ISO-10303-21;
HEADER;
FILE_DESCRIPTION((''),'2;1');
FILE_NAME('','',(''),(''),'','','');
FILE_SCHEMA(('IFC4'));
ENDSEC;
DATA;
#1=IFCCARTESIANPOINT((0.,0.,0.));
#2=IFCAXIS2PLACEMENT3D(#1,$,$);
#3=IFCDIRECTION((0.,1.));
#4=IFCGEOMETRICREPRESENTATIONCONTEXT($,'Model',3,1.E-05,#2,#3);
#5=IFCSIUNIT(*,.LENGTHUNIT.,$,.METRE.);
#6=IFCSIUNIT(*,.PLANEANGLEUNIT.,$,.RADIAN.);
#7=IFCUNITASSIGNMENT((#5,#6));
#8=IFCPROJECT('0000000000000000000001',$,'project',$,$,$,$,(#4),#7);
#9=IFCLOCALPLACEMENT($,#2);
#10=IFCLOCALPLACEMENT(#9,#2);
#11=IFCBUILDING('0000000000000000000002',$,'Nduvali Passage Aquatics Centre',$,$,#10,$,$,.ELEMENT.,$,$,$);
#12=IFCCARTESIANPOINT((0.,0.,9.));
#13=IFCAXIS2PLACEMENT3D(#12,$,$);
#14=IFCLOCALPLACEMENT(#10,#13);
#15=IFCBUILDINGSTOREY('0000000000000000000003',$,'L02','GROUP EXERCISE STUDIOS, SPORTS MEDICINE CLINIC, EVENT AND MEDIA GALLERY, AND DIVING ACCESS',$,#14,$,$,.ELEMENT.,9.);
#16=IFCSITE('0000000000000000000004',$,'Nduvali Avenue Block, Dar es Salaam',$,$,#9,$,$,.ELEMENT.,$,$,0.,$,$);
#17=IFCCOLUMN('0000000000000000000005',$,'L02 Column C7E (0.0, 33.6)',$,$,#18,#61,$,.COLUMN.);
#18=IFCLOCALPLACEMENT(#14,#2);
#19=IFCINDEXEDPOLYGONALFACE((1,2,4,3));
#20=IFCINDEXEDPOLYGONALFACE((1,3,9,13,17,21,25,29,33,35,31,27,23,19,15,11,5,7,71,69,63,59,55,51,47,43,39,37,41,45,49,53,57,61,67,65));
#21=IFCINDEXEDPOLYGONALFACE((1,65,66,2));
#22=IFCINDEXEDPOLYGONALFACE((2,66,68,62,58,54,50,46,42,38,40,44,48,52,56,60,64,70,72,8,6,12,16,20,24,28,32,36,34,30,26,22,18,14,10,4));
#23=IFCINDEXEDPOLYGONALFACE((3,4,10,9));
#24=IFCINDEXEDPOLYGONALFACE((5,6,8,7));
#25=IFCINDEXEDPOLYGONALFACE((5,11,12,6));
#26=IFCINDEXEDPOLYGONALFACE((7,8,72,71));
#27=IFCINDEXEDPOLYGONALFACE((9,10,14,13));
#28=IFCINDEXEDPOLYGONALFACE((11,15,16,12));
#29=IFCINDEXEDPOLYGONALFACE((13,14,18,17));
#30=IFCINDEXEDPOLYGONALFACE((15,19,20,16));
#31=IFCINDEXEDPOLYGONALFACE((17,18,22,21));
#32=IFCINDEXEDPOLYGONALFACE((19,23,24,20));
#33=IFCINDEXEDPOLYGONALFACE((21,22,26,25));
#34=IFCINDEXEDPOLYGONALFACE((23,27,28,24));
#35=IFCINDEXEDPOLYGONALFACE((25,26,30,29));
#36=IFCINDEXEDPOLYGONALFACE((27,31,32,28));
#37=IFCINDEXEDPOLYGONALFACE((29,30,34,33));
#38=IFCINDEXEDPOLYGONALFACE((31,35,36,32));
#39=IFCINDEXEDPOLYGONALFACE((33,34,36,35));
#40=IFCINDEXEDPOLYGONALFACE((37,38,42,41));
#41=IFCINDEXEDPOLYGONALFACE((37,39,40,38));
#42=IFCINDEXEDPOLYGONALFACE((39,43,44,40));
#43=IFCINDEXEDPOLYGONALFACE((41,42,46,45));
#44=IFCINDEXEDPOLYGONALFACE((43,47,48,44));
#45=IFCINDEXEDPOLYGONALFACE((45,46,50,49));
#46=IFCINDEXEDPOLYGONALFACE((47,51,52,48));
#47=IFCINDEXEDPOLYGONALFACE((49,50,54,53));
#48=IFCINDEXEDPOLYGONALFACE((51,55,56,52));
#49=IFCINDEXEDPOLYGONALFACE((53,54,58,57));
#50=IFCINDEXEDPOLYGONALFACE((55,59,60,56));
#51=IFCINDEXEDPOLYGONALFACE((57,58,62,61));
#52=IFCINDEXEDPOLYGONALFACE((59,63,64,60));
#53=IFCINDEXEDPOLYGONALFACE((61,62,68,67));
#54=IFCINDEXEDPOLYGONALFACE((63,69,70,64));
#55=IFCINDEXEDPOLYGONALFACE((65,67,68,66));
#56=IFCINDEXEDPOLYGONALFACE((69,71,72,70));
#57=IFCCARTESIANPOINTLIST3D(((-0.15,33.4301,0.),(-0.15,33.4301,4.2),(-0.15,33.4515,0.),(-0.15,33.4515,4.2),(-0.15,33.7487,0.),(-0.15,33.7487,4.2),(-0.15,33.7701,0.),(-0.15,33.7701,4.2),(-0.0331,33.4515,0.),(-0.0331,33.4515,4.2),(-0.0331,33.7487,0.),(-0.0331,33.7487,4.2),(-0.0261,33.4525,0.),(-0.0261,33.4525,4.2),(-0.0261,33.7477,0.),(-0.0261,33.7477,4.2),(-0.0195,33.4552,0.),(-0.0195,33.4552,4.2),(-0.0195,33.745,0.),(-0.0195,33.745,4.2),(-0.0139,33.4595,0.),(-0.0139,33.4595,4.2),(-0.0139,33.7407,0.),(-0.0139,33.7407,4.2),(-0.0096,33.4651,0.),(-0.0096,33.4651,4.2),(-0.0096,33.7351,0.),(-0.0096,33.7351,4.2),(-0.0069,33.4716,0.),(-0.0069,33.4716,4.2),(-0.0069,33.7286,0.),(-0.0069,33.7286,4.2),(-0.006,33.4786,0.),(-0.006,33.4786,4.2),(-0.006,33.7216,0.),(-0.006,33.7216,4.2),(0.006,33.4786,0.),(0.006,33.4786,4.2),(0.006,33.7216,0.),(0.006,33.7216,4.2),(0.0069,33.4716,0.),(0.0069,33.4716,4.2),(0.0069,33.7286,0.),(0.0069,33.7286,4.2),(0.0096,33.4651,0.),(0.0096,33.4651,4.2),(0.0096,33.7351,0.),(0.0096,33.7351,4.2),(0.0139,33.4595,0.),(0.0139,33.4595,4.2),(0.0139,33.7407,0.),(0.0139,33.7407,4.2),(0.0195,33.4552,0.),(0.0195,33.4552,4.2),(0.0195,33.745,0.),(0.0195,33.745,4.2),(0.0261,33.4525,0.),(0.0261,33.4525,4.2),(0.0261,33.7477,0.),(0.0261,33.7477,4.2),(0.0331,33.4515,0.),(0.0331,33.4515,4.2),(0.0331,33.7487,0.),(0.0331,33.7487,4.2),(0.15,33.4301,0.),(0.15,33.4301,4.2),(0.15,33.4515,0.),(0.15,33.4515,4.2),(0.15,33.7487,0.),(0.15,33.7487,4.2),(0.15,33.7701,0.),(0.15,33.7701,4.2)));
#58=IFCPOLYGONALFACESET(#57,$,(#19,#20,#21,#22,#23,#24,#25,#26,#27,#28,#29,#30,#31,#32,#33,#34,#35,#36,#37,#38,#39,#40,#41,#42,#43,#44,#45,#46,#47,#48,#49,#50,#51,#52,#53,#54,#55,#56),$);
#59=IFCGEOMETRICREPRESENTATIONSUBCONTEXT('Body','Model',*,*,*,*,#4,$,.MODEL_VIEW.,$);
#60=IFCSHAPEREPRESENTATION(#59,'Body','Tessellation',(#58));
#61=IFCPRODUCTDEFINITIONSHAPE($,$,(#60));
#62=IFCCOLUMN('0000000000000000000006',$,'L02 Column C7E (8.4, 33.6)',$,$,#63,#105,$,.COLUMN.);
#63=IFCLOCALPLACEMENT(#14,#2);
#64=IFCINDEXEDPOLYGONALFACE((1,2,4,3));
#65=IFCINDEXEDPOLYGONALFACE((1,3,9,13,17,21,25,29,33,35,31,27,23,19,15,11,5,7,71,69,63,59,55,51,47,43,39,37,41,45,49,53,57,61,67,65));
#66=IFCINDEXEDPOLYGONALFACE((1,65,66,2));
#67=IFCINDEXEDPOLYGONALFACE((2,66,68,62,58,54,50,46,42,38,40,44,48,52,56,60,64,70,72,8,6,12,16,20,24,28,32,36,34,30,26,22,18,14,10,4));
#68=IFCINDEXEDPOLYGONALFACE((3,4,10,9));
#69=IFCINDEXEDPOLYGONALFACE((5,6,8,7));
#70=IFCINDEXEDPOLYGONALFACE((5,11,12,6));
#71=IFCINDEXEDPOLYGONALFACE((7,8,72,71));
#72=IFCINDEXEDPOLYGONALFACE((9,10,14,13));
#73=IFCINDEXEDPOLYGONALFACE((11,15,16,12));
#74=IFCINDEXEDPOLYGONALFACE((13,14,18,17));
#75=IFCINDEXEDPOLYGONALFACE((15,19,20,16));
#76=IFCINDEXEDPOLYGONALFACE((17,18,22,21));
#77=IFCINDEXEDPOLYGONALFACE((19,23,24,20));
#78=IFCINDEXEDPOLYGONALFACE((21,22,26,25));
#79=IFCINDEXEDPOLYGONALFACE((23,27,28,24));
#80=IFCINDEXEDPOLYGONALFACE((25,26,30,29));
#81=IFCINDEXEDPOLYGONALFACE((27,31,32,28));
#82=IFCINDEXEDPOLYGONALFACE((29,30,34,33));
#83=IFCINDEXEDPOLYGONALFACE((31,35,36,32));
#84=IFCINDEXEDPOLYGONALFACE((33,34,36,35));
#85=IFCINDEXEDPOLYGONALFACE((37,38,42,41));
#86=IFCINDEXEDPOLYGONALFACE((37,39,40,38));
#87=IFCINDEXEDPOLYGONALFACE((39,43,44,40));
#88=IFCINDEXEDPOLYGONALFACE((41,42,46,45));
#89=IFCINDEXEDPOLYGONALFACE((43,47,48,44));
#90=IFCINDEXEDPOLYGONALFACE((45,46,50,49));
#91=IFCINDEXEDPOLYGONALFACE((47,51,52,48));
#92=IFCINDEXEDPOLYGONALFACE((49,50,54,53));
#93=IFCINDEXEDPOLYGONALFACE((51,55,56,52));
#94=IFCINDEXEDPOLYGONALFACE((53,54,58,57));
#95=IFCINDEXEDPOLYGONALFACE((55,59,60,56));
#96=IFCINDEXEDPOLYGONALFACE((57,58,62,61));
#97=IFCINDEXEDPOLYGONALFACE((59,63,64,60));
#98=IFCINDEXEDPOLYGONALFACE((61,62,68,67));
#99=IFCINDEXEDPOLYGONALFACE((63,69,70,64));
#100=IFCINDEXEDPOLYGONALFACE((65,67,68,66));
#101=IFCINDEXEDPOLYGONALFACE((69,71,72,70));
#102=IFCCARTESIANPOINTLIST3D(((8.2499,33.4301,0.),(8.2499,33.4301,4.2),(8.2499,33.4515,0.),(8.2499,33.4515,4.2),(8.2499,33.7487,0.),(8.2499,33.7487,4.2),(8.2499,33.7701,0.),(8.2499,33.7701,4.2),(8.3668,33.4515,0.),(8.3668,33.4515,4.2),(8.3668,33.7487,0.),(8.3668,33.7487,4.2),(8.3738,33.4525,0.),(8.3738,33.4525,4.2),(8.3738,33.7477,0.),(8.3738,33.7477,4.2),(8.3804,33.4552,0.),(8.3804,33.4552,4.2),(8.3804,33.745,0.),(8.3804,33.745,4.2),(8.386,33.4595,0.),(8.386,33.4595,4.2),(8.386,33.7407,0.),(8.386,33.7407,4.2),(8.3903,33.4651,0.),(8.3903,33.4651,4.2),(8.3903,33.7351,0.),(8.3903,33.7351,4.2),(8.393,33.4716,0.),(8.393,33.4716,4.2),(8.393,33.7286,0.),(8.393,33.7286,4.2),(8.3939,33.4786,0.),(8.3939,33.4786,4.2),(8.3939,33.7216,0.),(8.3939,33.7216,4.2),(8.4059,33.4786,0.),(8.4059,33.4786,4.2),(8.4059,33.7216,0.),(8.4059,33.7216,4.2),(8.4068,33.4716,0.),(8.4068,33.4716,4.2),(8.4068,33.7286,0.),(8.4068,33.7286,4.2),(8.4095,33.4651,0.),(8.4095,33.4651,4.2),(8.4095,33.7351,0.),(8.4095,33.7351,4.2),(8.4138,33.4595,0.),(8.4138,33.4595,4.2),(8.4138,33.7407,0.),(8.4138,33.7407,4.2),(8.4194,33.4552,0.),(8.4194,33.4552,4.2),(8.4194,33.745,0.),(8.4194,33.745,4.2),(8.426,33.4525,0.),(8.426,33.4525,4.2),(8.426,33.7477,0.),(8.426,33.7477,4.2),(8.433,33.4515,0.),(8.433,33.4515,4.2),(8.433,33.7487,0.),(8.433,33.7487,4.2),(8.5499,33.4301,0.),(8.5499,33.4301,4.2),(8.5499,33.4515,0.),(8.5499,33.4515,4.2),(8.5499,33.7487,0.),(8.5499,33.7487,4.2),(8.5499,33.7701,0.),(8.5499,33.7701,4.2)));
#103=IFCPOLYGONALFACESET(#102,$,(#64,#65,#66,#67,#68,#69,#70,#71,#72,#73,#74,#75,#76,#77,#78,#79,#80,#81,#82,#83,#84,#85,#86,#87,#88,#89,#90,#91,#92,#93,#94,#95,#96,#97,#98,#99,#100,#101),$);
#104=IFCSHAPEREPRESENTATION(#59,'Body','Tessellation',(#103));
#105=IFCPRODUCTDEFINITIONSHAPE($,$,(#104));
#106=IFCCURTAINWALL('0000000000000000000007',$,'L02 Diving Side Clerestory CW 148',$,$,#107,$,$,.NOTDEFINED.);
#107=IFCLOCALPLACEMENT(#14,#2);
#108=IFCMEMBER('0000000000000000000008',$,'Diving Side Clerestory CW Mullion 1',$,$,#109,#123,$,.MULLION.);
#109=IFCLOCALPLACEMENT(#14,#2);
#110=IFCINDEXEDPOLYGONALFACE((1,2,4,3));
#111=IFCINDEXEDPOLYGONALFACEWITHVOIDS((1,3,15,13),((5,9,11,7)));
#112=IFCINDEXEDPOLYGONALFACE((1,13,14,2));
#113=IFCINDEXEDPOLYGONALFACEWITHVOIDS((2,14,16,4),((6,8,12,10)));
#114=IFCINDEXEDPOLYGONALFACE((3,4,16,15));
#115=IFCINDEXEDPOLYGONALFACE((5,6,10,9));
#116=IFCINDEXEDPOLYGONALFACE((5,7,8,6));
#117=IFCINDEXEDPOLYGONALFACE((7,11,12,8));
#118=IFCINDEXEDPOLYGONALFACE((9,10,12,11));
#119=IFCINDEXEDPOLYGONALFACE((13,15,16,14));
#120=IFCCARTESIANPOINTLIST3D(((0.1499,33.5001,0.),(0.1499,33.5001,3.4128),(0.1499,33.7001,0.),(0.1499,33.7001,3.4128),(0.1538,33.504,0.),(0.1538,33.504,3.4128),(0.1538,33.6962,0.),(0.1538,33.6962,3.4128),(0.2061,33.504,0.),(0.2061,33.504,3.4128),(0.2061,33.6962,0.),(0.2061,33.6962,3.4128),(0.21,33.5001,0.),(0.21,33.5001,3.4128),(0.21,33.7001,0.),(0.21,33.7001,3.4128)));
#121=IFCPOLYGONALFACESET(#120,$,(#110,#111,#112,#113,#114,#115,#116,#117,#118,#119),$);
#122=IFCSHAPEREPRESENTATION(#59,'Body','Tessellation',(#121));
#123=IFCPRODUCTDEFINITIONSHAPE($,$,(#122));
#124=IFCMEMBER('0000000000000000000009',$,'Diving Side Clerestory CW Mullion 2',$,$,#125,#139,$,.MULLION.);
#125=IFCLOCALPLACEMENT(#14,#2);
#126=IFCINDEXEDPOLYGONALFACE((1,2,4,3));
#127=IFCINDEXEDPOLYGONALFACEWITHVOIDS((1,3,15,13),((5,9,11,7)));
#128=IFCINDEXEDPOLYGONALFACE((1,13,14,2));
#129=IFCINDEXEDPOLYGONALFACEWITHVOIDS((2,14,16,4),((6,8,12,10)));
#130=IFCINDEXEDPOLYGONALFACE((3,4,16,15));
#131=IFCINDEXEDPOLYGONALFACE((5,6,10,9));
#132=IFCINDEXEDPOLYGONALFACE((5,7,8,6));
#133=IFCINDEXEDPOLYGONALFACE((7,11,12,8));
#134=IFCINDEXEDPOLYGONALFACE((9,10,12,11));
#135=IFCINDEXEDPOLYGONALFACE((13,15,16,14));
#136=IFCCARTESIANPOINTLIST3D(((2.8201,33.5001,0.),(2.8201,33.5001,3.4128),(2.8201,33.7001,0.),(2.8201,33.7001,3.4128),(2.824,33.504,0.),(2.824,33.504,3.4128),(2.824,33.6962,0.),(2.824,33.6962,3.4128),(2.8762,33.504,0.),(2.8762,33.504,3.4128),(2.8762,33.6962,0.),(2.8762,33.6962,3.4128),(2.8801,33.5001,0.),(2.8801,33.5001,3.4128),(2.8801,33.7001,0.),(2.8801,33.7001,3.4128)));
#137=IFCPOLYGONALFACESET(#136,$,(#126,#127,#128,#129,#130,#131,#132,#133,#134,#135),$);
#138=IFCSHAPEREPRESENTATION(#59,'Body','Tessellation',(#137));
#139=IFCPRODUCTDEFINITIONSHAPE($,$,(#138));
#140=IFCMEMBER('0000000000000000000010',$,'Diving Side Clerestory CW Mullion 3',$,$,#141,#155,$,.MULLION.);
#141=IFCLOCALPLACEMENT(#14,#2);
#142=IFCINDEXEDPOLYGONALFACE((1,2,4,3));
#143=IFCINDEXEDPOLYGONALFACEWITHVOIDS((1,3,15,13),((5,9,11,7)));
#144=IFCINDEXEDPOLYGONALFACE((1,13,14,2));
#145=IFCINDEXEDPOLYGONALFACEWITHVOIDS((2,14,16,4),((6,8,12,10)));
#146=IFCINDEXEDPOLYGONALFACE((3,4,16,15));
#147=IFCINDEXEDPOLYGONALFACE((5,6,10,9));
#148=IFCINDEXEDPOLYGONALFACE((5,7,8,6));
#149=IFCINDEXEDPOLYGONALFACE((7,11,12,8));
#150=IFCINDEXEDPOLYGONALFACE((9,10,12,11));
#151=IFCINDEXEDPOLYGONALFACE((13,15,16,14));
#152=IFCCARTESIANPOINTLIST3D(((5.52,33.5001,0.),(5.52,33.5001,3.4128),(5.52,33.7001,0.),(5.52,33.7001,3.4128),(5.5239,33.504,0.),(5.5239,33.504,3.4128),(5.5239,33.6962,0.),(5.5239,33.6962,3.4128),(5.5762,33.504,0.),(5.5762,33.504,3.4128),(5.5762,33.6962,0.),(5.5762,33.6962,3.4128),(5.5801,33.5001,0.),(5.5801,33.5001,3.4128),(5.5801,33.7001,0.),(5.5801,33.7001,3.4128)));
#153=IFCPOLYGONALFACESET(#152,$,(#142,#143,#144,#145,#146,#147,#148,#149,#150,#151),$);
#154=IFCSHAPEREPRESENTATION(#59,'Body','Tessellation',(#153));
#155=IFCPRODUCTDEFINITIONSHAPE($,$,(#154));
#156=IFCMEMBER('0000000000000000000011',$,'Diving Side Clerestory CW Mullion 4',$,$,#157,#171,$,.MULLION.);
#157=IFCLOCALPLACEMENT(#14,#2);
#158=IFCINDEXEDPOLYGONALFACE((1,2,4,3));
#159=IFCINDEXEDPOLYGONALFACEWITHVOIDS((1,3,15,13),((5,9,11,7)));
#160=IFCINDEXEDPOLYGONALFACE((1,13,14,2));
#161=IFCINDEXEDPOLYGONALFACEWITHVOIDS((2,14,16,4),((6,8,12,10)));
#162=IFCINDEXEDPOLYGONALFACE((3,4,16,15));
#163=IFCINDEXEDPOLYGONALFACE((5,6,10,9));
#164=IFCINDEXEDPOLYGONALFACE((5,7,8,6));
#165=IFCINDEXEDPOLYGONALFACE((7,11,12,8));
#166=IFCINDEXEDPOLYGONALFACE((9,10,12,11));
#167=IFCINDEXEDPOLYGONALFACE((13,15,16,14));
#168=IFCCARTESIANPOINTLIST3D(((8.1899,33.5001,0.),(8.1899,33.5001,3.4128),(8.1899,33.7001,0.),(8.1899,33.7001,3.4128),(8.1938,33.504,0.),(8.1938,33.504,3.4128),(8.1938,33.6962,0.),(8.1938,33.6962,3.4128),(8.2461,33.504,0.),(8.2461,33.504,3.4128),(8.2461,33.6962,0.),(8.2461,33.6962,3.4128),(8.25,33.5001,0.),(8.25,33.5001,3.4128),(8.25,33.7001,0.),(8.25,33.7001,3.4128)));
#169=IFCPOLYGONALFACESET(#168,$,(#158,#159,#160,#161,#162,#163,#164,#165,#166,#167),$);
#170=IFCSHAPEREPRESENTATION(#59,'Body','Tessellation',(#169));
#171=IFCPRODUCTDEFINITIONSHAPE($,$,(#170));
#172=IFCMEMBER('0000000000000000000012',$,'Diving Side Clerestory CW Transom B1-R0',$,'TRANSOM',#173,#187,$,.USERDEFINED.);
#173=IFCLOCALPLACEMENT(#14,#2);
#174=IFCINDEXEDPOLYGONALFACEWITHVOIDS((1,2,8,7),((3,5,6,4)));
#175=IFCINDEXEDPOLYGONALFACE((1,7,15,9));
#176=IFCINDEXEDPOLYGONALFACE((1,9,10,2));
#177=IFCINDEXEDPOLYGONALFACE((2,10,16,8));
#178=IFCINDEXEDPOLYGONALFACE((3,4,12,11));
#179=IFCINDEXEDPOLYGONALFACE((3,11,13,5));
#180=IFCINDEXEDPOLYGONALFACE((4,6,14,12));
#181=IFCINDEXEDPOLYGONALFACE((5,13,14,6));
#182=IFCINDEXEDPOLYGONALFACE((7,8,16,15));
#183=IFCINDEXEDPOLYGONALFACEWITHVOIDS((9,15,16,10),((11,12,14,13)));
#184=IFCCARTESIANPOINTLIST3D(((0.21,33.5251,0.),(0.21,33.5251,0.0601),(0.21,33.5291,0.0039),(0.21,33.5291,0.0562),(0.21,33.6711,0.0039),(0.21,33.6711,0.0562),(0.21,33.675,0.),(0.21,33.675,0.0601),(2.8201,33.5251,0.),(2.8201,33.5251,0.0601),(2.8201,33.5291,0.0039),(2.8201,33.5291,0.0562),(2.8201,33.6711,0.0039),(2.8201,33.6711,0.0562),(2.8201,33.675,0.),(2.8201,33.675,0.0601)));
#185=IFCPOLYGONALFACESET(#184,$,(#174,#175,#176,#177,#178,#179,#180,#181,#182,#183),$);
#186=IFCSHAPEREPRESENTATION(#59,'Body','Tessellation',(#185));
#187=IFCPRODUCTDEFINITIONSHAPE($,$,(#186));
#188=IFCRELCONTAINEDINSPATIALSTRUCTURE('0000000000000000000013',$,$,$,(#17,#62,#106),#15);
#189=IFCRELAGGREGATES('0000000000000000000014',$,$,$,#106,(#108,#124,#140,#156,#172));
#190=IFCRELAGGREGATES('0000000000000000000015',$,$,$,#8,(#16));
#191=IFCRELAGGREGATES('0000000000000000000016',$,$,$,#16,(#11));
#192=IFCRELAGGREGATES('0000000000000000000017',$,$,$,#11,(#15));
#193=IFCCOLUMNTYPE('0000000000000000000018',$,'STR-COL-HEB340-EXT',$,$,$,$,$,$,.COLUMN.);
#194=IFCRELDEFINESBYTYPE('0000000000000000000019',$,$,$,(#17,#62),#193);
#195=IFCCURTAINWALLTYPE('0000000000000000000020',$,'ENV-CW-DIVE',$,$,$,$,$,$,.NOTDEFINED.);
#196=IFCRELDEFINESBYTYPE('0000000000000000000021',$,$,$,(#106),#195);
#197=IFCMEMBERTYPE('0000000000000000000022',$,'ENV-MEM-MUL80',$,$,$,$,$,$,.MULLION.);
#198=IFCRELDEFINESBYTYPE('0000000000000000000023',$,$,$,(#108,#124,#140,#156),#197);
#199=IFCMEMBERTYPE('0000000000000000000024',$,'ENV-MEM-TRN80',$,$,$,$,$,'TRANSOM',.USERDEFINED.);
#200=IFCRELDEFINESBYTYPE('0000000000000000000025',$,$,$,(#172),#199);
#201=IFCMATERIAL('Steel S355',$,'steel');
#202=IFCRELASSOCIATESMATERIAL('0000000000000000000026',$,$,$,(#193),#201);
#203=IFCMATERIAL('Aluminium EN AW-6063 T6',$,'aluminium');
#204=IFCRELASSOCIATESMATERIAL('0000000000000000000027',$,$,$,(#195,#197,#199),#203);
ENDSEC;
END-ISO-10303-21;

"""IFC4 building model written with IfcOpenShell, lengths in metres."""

from ifc_helpers import new_model, si_unit, direction, frame, origin, origin_2d, place, context, subcontext, project, spatial, hollow_rectangle, i_section, extrude, material, material_profile, profile_set, type_object, element, aggregate, save


model = new_model("IFC4")

# Units and contexts
model_context = context("Model", 3, precision=1e-05, world=origin(), true_north=direction((0.0, 1.0)))
body_context = subcontext(model_context, "Body", "Model", "MODEL_VIEW")
ifc_project = project(units=[si_unit("LENGTHUNIT", "METRE"), si_unit("PLANEANGLEUNIT", "RADIAN")], contexts=[model_context])

# Site, building, storey
site_placement = place(None, origin())
site = spatial("IfcSite", under=ifc_project, at=site_placement, Name="Nduvali Avenue Block, Dar es Salaam", CompositionType="ELEMENT", RefElevation=0.0)
building_placement = place(site_placement, origin())
building = spatial("IfcBuilding", under=site, at=building_placement, Name="Nduvali Passage Aquatics Centre", CompositionType="ELEMENT")
storey_placement = place(building_placement, frame((0.0, 0.0, 9.0)))
storey = spatial("IfcBuildingStorey", under=building, at=storey_placement, Name="L02", Description="GROUP EXERCISE STUDIOS, SPORTS MEDICINE CLINIC, EVENT AND MEDIA GALLERY, AND DIVING ACCESS", CompositionType="ELEMENT", Elevation=9.0)

# Columns
ifc_material_1 = material(Name="Steel S355", Category="steel")
ifc_material_profile_1 = material_profile(ifc_material_1, i_section(OverallWidth=0.3, OverallDepth=0.3401, WebThickness=0.012, FlangeThickness=0.0215, FilletRadius=0.0271, at=origin_2d()), Name="HEB 340")
ifc_profile_set_1 = profile_set([ifc_material_profile_1], Name="Steel S355")
column_type = type_object("IfcColumnType", Name="STR-COL-HEB340-EXT", PredefinedType="COLUMN", material=ifc_profile_set_1)
for number, where, z_axis, x_axis, name in (
    (1, (0.0, 33.6001, 0.0), (0.0, 0.0, 1.0), (1.0, 0.0, 0.0), "L02 Column C7E (0.0, 33.6)"),
    (2, (8.3999, 33.6001, 0.0), (0.0, 0.0, 1.0), (1.0, 0.0, 0.0), "L02 Column C7E (8.4, 33.6)"),
):
    element("IfcColumn", number, at=place(storey_placement, frame(where, z_axis=z_axis, x_axis=x_axis)), inside=storey, type_object=column_type, Name=name, PredefinedType="COLUMN", context=body_context, shape_type="SweptSolid", body=[
        extrude(i_section(OverallWidth=0.3, OverallDepth=0.3401, WebThickness=0.012, FlangeThickness=0.0215, FilletRadius=0.0271, at=origin_2d()), origin(), (0.0, 0.0, 1.0), 4.2),
    ])

# Curtain wall, members
ifc_material_2 = material(Name="Aluminium EN AW-6063 T6", Category="aluminium")
curtain_wall_type = type_object("IfcCurtainWallType", Name="ENV-CW-DIVE", PredefinedType="NOTDEFINED", material=ifc_material_2)
curtain_wall_placement = place(storey_placement, origin())
curtain_wall = element("IfcCurtainWall", 3, at=curtain_wall_placement, inside=storey, type_object=curtain_wall_type, Name="L02 Diving Side Clerestory CW 148", PredefinedType="NOTDEFINED")
ifc_material_profile_2 = material_profile(ifc_material_2, hollow_rectangle(XDim=0.0601, YDim=0.2, WallThickness=0.0039, at=origin_2d()), Name="ALU MULLION 60x200x4")
ifc_profile_set_2 = profile_set([ifc_material_profile_2], Name="Aluminium EN AW-6063 T6")
member_type_1 = type_object("IfcMemberType", Name="ENV-MEM-MUL80", PredefinedType="MULLION", material=ifc_profile_set_2)
member_1_placement = place(storey_placement, frame((0.1799, 33.6001, 0.0), z_axis=(0.0, 0.0, 1.0), x_axis=(1.0, 0.0, 0.0)))
member_1 = element("IfcMember", 4, at=member_1_placement, type_object=member_type_1, Name="Diving Side Clerestory CW Mullion 1", PredefinedType="MULLION", context=body_context, shape_type="SweptSolid", body=[
    extrude(hollow_rectangle(XDim=0.0601, YDim=0.2, WallThickness=0.0039, at=origin_2d()), origin(), (0.0, 0.0, 1.0), 3.4128),
])
member_2_placement = place(storey_placement, frame((2.8501, 33.6001, 0.0), z_axis=(0.0, 0.0, 1.0), x_axis=(1.0, 0.0, 0.0)))
member_2 = element("IfcMember", 5, at=member_2_placement, type_object=member_type_1, Name="Diving Side Clerestory CW Mullion 2", PredefinedType="MULLION", context=body_context, shape_type="SweptSolid", body=[
    extrude(hollow_rectangle(XDim=0.0601, YDim=0.2, WallThickness=0.0039, at=origin_2d()), origin(), (0.0, 0.0, 1.0), 3.4128),
])
member_3_placement = place(storey_placement, frame((5.55, 33.6001, 0.0), z_axis=(0.0, 0.0, 1.0), x_axis=(1.0, 0.0, 0.0)))
member_3 = element("IfcMember", 6, at=member_3_placement, type_object=member_type_1, Name="Diving Side Clerestory CW Mullion 3", PredefinedType="MULLION", context=body_context, shape_type="SweptSolid", body=[
    extrude(hollow_rectangle(XDim=0.0601, YDim=0.2, WallThickness=0.0039, at=origin_2d()), origin(), (0.0, 0.0, 1.0), 3.4128),
])
member_4_placement = place(storey_placement, frame((8.22, 33.6001, 0.0), z_axis=(0.0, 0.0, 1.0), x_axis=(1.0, 0.0, 0.0)))
member_4 = element("IfcMember", 7, at=member_4_placement, type_object=member_type_1, Name="Diving Side Clerestory CW Mullion 4", PredefinedType="MULLION", context=body_context, shape_type="SweptSolid", body=[
    extrude(hollow_rectangle(XDim=0.0601, YDim=0.2, WallThickness=0.0039, at=origin_2d()), origin(), (0.0, 0.0, 1.0), 3.4128),
])
ifc_material_profile_3 = material_profile(ifc_material_2, hollow_rectangle(XDim=0.1499, YDim=0.0601, WallThickness=0.0039, at=origin_2d()), Name="ALU TRANSOM 150x60x4")
ifc_profile_set_3 = profile_set([ifc_material_profile_3], Name="Aluminium EN AW-6063 T6")
member_type_2 = type_object("IfcMemberType", Name="ENV-MEM-TRN80", ElementType="TRANSOM", PredefinedType="USERDEFINED", material=ifc_profile_set_3)
member_5_placement = place(storey_placement, frame((0.21, 33.6001, 0.03), z_axis=(1.0, 0.0, 0.0), x_axis=(0.0, 1.0, 0.0)))
member_5 = element("IfcMember", 8, at=member_5_placement, type_object=member_type_2, Name="Diving Side Clerestory CW Transom B1-R0", ObjectType="TRANSOM", PredefinedType="USERDEFINED", context=body_context, shape_type="SweptSolid", body=[
    extrude(hollow_rectangle(XDim=0.1499, YDim=0.0601, WallThickness=0.0039, at=origin_2d()), origin(), (0.0, 0.0, 1.0), 2.6101),
])

aggregate(curtain_wall, [member_1, member_2, member_3, member_4, member_5])

save(model, "model.ifc")
